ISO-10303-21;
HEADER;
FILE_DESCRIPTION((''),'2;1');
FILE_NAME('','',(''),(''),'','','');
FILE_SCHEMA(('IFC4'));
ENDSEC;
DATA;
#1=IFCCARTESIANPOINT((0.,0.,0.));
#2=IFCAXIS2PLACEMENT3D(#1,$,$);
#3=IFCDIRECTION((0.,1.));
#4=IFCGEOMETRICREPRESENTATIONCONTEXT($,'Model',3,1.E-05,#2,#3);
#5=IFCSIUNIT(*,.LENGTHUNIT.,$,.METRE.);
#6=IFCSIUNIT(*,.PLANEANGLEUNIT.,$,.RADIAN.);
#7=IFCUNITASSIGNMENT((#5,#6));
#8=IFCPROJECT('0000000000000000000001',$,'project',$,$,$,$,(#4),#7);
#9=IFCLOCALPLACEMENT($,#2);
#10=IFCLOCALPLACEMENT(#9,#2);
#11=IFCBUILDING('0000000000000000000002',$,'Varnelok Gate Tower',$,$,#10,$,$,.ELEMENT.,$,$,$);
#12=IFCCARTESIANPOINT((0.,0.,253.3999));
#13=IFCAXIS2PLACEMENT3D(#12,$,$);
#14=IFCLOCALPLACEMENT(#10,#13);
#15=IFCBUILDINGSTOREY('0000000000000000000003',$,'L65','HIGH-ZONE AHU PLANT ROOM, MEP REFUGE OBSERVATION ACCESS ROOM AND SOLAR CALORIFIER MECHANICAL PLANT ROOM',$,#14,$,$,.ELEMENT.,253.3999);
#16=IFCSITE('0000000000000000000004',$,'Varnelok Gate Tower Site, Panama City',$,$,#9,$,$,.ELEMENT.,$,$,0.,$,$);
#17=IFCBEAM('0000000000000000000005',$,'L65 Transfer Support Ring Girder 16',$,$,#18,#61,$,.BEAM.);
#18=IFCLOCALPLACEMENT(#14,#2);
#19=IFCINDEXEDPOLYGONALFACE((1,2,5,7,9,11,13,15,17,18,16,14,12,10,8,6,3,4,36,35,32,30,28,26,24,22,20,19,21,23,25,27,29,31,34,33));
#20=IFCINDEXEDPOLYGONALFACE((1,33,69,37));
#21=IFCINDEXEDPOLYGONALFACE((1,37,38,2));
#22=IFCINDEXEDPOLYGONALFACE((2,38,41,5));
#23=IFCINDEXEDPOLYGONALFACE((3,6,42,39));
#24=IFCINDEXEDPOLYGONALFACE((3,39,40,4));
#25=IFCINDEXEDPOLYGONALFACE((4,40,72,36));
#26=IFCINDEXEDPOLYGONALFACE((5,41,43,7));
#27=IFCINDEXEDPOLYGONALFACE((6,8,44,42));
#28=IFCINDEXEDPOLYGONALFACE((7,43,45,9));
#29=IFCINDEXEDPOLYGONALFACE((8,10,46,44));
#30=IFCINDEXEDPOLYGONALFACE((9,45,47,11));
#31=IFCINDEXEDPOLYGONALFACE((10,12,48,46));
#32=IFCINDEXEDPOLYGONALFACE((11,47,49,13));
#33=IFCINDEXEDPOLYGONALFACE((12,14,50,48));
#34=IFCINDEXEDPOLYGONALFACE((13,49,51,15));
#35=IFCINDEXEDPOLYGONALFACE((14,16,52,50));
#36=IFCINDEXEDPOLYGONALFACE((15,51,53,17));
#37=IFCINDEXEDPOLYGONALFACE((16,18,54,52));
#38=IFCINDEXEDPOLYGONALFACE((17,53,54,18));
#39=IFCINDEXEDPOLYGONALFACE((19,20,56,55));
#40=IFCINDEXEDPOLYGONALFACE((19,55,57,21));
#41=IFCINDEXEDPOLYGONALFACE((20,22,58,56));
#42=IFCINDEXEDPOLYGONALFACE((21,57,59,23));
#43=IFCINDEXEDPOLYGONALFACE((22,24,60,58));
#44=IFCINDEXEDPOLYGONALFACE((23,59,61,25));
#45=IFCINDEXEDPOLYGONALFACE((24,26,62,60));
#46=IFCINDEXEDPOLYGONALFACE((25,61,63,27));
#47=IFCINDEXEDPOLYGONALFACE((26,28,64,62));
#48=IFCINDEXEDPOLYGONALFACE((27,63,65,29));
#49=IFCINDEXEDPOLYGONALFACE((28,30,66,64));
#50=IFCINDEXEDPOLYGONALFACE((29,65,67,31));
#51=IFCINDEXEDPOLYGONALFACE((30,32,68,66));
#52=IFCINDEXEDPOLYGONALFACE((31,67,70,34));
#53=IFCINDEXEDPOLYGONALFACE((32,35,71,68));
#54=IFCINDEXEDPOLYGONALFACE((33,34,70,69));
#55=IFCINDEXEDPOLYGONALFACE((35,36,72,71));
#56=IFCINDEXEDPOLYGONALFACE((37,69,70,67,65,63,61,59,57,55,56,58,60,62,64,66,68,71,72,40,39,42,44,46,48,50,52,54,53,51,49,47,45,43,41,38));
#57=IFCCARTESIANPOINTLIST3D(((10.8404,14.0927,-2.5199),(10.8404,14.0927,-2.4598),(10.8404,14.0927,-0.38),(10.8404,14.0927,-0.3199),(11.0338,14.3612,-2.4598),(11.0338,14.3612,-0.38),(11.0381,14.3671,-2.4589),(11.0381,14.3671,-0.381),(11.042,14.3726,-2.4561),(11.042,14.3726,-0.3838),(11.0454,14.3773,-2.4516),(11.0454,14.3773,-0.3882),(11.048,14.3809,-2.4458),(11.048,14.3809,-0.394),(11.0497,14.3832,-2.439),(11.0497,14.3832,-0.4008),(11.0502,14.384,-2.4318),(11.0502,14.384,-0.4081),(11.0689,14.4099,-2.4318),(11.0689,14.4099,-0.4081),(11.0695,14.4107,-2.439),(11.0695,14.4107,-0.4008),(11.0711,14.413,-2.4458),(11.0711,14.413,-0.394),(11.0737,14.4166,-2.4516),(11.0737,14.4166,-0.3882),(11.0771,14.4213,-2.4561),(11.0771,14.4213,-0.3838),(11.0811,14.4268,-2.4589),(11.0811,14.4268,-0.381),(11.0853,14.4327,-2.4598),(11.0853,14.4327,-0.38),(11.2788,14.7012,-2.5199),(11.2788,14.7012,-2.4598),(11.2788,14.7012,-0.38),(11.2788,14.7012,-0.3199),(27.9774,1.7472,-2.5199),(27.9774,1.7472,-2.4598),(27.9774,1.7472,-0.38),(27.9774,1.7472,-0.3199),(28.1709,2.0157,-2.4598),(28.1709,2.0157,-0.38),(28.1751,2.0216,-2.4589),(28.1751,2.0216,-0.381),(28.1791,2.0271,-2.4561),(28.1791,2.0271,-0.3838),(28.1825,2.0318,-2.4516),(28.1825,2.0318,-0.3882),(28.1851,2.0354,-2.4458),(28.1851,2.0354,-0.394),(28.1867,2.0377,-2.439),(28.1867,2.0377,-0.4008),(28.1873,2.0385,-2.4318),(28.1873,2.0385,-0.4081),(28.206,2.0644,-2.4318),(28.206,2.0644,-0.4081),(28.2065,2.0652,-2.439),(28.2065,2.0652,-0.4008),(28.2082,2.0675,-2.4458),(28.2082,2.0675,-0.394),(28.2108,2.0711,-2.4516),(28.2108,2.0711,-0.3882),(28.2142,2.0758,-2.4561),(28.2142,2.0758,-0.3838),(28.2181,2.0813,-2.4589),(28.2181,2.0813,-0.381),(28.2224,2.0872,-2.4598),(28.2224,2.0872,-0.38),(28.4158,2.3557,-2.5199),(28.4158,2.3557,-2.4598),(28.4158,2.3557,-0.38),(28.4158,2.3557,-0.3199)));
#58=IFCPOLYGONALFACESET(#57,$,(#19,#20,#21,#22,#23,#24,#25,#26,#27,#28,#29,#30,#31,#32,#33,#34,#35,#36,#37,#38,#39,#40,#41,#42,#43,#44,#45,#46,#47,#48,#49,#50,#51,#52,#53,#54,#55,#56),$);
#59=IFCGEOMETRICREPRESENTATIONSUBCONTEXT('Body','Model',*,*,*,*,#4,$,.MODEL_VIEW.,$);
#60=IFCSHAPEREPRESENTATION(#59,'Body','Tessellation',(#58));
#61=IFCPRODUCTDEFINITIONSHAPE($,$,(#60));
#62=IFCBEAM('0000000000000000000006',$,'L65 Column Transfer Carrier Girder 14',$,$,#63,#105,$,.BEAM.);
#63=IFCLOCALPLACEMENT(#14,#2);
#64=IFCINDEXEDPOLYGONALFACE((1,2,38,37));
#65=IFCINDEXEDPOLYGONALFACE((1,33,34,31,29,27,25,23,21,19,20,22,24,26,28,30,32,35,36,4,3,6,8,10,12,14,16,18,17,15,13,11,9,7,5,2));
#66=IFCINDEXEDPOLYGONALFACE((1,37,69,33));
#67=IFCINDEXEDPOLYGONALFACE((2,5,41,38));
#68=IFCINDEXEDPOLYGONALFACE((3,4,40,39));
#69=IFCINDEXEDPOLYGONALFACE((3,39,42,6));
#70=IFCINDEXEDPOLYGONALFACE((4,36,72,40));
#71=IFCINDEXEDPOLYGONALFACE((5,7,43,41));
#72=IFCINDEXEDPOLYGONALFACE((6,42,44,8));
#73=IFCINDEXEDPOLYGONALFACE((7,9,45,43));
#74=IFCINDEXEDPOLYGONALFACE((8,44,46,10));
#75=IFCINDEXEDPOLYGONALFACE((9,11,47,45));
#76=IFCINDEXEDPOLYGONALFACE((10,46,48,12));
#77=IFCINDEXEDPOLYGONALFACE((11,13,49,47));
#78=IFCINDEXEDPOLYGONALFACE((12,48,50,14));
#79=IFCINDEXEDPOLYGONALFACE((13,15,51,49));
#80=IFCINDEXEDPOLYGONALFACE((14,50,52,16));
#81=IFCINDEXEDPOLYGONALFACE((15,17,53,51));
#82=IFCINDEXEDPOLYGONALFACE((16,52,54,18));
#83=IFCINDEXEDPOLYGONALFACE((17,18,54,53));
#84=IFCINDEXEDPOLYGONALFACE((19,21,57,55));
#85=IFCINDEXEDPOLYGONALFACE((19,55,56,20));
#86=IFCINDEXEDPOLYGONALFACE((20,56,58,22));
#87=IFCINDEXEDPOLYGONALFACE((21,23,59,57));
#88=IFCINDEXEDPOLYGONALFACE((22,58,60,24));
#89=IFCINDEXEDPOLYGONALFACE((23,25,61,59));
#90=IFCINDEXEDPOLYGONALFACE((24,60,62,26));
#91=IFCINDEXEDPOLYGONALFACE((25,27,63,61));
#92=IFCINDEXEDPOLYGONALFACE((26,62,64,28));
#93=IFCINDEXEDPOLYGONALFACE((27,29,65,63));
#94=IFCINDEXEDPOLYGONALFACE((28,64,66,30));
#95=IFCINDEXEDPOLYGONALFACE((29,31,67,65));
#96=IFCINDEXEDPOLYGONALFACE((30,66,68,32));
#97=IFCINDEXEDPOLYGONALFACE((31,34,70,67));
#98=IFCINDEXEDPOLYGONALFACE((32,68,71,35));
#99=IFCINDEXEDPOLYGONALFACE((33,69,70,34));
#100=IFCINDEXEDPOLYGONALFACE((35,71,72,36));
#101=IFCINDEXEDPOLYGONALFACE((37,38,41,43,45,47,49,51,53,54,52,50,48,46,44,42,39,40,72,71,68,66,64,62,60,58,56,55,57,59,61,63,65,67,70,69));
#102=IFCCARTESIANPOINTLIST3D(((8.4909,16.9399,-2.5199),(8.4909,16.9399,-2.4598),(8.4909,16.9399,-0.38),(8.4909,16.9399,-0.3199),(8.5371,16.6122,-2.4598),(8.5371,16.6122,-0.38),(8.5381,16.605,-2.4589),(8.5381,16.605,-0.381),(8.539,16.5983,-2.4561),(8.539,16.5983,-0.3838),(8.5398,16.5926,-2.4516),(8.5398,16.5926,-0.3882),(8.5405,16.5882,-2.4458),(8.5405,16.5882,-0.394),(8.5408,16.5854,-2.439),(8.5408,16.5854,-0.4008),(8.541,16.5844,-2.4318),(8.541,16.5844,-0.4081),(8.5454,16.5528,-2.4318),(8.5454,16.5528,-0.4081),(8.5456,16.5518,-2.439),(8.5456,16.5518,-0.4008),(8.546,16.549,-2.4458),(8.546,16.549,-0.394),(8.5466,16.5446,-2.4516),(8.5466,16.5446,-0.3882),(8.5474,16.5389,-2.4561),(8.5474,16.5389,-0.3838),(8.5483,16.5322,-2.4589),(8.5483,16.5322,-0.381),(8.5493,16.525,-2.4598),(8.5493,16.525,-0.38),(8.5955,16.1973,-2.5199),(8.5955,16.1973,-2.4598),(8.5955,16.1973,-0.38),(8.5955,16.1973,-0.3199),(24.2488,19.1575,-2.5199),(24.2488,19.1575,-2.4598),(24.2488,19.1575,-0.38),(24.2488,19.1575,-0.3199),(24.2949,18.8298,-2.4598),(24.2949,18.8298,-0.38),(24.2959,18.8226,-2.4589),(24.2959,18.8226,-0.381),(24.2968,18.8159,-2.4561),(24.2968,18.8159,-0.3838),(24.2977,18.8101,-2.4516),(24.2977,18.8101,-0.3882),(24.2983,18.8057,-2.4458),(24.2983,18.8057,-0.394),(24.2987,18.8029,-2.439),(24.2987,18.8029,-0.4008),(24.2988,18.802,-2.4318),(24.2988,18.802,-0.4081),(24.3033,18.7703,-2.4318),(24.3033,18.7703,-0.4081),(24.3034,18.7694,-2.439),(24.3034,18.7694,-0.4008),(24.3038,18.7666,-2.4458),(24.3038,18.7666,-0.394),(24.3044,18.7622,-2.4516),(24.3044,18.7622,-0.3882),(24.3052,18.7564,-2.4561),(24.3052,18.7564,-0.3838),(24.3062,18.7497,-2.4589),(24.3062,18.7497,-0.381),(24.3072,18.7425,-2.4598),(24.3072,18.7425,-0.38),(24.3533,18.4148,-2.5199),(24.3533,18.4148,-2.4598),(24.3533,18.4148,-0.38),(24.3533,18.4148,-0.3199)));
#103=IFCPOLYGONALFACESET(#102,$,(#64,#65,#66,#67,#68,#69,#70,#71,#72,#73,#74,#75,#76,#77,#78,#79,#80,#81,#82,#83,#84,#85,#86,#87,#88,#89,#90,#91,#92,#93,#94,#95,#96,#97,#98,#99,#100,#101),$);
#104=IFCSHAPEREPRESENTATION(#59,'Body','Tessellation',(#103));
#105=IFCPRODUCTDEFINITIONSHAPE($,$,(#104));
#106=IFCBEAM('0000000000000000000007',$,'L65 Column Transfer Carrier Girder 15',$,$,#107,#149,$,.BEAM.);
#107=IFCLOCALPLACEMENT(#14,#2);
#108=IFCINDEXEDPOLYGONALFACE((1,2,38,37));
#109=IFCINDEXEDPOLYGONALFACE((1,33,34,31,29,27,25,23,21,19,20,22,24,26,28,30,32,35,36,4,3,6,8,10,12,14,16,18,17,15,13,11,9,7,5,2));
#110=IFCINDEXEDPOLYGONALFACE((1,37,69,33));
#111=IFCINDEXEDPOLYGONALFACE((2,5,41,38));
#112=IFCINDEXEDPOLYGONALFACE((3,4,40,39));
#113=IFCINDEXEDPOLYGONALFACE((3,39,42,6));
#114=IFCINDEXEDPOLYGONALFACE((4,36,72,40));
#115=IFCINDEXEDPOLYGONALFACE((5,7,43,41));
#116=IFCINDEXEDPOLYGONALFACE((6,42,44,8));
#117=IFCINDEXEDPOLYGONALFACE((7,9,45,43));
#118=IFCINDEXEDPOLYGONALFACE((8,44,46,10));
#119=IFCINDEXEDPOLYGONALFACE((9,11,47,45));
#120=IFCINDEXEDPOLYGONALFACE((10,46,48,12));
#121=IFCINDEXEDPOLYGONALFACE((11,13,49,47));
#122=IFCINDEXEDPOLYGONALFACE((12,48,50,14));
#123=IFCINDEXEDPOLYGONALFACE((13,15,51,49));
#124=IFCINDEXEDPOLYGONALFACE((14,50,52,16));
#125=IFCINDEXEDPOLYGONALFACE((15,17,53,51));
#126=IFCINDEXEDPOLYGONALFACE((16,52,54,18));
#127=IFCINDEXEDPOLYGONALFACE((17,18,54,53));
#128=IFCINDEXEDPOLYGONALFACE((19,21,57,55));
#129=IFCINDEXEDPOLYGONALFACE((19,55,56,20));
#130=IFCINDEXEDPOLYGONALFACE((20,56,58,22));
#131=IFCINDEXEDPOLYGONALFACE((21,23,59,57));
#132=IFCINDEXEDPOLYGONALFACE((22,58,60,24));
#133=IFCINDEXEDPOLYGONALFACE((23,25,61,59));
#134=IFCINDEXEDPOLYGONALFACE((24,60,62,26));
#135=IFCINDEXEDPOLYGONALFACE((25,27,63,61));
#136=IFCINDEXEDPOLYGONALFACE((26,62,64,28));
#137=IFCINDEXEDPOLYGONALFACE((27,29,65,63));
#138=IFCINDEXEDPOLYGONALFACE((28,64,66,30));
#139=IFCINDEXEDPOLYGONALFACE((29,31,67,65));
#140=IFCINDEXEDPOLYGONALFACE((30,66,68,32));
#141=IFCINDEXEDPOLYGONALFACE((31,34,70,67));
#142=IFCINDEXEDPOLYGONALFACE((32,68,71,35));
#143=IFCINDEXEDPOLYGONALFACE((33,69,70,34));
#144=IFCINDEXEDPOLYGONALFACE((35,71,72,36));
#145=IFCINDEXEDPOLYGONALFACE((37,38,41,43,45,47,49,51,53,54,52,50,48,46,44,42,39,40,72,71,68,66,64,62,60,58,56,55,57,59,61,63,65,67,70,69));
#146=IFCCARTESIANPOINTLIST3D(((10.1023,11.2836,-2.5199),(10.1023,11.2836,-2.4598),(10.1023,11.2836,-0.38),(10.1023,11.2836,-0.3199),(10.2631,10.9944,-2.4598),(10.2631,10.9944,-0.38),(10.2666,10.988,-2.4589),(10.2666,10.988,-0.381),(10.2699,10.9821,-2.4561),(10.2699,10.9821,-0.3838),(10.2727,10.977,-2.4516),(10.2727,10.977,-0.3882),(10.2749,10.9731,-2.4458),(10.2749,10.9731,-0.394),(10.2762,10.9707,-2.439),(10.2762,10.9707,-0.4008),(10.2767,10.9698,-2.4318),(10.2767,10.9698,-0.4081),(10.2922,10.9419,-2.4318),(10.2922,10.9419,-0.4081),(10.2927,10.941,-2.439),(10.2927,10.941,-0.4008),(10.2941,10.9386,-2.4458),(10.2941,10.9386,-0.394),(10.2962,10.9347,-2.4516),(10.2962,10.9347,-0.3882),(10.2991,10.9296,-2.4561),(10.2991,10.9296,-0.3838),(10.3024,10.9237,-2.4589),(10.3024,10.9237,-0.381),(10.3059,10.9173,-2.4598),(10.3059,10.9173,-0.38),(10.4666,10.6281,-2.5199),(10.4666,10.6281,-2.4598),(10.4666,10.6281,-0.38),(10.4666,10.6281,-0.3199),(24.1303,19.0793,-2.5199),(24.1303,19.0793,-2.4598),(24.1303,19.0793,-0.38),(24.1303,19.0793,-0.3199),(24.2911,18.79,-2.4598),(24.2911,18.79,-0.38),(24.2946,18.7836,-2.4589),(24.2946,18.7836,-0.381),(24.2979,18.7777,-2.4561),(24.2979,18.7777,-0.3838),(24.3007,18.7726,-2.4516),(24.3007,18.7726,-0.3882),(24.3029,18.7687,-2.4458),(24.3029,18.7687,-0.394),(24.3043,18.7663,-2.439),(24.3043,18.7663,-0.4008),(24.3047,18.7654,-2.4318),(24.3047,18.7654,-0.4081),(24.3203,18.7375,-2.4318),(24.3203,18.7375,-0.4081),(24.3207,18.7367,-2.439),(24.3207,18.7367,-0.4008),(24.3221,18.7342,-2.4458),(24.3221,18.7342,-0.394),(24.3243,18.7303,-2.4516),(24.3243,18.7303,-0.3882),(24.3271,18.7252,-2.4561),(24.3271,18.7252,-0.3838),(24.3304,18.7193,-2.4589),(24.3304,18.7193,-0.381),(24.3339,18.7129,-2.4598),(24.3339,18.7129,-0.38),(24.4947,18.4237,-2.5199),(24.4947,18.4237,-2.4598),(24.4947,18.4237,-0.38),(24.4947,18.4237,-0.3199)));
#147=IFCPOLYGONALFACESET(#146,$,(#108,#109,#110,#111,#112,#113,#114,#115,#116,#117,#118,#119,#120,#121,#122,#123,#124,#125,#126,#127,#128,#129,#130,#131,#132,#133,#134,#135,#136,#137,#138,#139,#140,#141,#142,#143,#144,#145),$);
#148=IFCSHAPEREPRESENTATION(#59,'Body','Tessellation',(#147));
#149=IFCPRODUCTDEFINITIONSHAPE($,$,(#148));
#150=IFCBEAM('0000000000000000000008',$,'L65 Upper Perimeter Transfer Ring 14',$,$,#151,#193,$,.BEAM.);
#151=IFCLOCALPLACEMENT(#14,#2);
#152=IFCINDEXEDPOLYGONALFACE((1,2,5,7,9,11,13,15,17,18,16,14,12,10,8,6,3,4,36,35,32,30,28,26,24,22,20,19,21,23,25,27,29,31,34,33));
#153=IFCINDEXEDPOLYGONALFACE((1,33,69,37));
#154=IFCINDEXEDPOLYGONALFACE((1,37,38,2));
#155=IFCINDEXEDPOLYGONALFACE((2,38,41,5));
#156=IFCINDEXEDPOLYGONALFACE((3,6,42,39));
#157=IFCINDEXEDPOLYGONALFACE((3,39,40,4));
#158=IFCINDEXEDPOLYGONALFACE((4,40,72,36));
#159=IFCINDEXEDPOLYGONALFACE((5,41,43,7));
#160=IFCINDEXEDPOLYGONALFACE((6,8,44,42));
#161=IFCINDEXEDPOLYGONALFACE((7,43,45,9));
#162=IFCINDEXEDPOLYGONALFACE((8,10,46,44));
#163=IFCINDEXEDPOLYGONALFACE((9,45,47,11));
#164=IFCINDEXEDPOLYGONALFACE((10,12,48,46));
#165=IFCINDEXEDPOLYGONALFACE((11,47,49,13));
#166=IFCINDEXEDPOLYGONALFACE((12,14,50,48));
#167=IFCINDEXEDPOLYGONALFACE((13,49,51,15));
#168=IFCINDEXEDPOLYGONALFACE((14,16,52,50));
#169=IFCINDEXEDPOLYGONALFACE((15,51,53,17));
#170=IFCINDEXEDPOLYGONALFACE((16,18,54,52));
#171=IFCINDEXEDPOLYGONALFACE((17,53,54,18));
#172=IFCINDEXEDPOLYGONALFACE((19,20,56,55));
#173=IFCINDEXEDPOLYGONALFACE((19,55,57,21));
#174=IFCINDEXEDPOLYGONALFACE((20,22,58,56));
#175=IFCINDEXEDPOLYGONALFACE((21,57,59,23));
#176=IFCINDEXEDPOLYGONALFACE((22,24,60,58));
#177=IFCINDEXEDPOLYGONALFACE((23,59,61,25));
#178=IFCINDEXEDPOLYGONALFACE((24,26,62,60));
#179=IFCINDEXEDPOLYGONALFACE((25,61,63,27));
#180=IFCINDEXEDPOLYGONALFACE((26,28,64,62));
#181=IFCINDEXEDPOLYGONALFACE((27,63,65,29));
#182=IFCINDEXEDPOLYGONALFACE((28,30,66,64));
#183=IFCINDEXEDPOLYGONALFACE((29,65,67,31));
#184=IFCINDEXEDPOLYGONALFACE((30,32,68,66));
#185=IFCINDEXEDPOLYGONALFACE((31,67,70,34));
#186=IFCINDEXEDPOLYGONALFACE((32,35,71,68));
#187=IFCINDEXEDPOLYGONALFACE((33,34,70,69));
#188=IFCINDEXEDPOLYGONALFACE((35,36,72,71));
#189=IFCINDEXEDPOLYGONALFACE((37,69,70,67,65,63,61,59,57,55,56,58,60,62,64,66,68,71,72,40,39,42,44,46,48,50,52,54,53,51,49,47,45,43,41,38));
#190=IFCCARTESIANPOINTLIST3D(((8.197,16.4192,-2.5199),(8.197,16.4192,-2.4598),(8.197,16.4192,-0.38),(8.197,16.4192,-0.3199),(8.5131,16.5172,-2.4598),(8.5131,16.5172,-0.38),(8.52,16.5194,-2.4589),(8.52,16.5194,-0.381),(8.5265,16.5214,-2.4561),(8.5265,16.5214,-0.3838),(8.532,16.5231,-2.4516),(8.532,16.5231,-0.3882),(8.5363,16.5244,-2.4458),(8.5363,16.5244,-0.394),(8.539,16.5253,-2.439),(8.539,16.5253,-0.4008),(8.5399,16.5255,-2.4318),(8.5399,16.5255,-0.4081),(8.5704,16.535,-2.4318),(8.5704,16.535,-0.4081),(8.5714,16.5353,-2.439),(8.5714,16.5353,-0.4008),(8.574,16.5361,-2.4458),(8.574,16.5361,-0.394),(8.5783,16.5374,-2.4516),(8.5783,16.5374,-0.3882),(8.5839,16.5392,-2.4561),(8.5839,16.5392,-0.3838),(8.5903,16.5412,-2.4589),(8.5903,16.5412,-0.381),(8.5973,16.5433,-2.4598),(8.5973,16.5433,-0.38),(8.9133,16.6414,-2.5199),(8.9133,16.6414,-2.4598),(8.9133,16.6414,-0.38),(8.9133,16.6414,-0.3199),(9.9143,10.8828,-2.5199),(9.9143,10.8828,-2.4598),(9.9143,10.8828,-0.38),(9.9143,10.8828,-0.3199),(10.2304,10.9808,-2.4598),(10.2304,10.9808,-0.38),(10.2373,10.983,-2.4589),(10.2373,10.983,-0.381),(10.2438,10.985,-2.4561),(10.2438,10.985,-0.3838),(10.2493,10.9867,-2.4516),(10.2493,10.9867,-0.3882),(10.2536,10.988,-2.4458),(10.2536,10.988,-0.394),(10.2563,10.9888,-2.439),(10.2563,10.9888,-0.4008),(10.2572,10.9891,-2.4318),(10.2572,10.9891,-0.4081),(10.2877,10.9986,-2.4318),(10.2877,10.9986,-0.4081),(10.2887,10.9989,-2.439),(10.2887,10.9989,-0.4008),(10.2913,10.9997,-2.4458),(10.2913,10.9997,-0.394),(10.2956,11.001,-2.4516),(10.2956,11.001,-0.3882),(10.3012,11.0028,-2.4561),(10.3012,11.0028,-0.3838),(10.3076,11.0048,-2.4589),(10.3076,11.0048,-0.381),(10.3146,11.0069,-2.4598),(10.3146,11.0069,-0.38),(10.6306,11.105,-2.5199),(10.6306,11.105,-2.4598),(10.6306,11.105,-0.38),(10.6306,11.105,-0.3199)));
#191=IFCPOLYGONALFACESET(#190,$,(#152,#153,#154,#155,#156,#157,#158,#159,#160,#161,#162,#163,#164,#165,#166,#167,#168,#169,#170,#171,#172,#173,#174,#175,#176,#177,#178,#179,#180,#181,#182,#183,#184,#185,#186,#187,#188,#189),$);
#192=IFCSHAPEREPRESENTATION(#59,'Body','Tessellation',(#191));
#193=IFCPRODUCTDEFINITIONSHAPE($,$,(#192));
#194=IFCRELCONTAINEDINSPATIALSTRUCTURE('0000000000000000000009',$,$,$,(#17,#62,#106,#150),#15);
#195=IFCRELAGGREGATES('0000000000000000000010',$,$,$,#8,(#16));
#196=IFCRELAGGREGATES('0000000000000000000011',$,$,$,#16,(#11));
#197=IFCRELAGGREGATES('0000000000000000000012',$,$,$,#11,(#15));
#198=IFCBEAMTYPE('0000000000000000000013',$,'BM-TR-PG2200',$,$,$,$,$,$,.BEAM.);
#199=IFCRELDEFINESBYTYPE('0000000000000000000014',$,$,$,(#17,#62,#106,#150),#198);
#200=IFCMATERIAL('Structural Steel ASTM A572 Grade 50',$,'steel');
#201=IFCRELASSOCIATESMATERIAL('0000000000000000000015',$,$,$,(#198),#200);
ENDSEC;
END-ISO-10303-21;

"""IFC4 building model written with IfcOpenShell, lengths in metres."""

from ifc_helpers import new_model, si_unit, direction, frame, origin, origin_2d, place, context, subcontext, project, spatial, i_section, extrude, material, material_profile, profile_set, type_object, element, save


model = new_model("IFC4")

# Units and contexts
model_context = context("Model", 3, precision=1e-05, world=origin(), true_north=direction((0.0, 1.0)))
body_context = subcontext(model_context, "Body", "Model", "MODEL_VIEW")
ifc_project = project(units=[si_unit("LENGTHUNIT", "METRE"), si_unit("PLANEANGLEUNIT", "RADIAN")], contexts=[model_context])

# Site, building, storey
site_placement = place(None, origin())
site = spatial("IfcSite", under=ifc_project, at=site_placement, Name="Varnelok Gate Tower Site, Panama City", CompositionType="ELEMENT", RefElevation=0.0)
building_placement = place(site_placement, origin())
building = spatial("IfcBuilding", under=site, at=building_placement, Name="Varnelok Gate Tower", CompositionType="ELEMENT")
storey_placement = place(building_placement, frame((0.0, 0.0, 253.3999)))
storey = spatial("IfcBuildingStorey", under=building, at=storey_placement, Name="L65", Description="HIGH-ZONE AHU PLANT ROOM, MEP REFUGE OBSERVATION ACCESS ROOM AND SOLAR CALORIFIER MECHANICAL PLANT ROOM", CompositionType="ELEMENT", Elevation=253.3999)

# Beams
ifc_material_1 = material(Name="Structural Steel ASTM A572 Grade 50", Category="steel")
ifc_material_profile_1 = material_profile(ifc_material_1, i_section(OverallWidth=0.75, OverallDepth=2.2, WebThickness=0.032, FlangeThickness=0.0601, FilletRadius=0.0281, at=origin_2d()), Name="PG2200X750")
ifc_profile_set_1 = profile_set([ifc_material_profile_1], Name="Structural Steel ASTM A572 Grade 50")
beam_type = type_object("IfcBeamType", Name="BM-TR-PG2200", PredefinedType="BEAM", material=ifc_profile_set_1)
beam_1_placement = place(storey_placement, frame((11.0596, 14.397, -1.4199), z_axis=(0.811381, -0.584518, 0.0), x_axis=(0.584518, 0.811381, 0.0)))
element("IfcBeam", 1, at=beam_1_placement, inside=storey, type_object=beam_type, Name="L65 Transfer Support Ring Girder 16", PredefinedType="BEAM", context=body_context, shape_type="SweptSolid", body=[
    extrude(i_section(OverallWidth=0.75, OverallDepth=2.2, WebThickness=0.032, FlangeThickness=0.0601, FilletRadius=0.0281, at=origin_2d()), origin(), (0.0, 0.0, 1.0), 21.1208),
])
beam_2_placement = place(storey_placement, frame((24.301, 18.7861, -1.4199), z_axis=(-0.990243, -0.139353, 0.0), x_axis=(0.139353, -0.990243, 0.0)))
element("IfcBeam", 2, at=beam_2_placement, inside=storey, type_object=beam_type, Name="L65 Column Transfer Carrier Girder 14", PredefinedType="BEAM", context=body_context, shape_type="SweptSolid", body=[
    extrude(i_section(OverallWidth=0.75, OverallDepth=2.2, WebThickness=0.032, FlangeThickness=0.0601, FilletRadius=0.0281, at=origin_2d()), origin(), (0.0, 0.0, 1.0), 15.9131),
])
beam_3_placement = place(storey_placement, frame((24.3125, 18.7515, -1.4199), z_axis=(-0.874097, -0.485751, 0.0), x_axis=(0.485751, -0.874097, 0.0)))
element("IfcBeam", 3, at=beam_3_placement, inside=storey, type_object=beam_type, Name="L65 Column Transfer Carrier Girder 15", PredefinedType="BEAM", context=body_context, shape_type="SweptSolid", body=[
    extrude(i_section(OverallWidth=0.75, OverallDepth=2.2, WebThickness=0.032, FlangeThickness=0.0601, FilletRadius=0.0281, at=origin_2d()), origin(), (0.0, 0.0, 1.0), 16.0486),
])
beam_4_placement = place(storey_placement, frame((8.5552, 16.5303, -1.4199), z_axis=(0.296257, -0.955108, 0.0), x_axis=(0.955108, 0.296257, 0.0)))
element("IfcBeam", 4, at=beam_4_placement, inside=storey, type_object=beam_type, Name="L65 Upper Perimeter Transfer Ring 14", PredefinedType="BEAM", context=body_context, shape_type="SweptSolid", body=[
    extrude(i_section(OverallWidth=0.75, OverallDepth=2.2, WebThickness=0.032, FlangeThickness=0.0601, FilletRadius=0.0281, at=origin_2d()), origin(), (0.0, 0.0, 1.0), 5.7966),
])

save(model, "model.ifc")
